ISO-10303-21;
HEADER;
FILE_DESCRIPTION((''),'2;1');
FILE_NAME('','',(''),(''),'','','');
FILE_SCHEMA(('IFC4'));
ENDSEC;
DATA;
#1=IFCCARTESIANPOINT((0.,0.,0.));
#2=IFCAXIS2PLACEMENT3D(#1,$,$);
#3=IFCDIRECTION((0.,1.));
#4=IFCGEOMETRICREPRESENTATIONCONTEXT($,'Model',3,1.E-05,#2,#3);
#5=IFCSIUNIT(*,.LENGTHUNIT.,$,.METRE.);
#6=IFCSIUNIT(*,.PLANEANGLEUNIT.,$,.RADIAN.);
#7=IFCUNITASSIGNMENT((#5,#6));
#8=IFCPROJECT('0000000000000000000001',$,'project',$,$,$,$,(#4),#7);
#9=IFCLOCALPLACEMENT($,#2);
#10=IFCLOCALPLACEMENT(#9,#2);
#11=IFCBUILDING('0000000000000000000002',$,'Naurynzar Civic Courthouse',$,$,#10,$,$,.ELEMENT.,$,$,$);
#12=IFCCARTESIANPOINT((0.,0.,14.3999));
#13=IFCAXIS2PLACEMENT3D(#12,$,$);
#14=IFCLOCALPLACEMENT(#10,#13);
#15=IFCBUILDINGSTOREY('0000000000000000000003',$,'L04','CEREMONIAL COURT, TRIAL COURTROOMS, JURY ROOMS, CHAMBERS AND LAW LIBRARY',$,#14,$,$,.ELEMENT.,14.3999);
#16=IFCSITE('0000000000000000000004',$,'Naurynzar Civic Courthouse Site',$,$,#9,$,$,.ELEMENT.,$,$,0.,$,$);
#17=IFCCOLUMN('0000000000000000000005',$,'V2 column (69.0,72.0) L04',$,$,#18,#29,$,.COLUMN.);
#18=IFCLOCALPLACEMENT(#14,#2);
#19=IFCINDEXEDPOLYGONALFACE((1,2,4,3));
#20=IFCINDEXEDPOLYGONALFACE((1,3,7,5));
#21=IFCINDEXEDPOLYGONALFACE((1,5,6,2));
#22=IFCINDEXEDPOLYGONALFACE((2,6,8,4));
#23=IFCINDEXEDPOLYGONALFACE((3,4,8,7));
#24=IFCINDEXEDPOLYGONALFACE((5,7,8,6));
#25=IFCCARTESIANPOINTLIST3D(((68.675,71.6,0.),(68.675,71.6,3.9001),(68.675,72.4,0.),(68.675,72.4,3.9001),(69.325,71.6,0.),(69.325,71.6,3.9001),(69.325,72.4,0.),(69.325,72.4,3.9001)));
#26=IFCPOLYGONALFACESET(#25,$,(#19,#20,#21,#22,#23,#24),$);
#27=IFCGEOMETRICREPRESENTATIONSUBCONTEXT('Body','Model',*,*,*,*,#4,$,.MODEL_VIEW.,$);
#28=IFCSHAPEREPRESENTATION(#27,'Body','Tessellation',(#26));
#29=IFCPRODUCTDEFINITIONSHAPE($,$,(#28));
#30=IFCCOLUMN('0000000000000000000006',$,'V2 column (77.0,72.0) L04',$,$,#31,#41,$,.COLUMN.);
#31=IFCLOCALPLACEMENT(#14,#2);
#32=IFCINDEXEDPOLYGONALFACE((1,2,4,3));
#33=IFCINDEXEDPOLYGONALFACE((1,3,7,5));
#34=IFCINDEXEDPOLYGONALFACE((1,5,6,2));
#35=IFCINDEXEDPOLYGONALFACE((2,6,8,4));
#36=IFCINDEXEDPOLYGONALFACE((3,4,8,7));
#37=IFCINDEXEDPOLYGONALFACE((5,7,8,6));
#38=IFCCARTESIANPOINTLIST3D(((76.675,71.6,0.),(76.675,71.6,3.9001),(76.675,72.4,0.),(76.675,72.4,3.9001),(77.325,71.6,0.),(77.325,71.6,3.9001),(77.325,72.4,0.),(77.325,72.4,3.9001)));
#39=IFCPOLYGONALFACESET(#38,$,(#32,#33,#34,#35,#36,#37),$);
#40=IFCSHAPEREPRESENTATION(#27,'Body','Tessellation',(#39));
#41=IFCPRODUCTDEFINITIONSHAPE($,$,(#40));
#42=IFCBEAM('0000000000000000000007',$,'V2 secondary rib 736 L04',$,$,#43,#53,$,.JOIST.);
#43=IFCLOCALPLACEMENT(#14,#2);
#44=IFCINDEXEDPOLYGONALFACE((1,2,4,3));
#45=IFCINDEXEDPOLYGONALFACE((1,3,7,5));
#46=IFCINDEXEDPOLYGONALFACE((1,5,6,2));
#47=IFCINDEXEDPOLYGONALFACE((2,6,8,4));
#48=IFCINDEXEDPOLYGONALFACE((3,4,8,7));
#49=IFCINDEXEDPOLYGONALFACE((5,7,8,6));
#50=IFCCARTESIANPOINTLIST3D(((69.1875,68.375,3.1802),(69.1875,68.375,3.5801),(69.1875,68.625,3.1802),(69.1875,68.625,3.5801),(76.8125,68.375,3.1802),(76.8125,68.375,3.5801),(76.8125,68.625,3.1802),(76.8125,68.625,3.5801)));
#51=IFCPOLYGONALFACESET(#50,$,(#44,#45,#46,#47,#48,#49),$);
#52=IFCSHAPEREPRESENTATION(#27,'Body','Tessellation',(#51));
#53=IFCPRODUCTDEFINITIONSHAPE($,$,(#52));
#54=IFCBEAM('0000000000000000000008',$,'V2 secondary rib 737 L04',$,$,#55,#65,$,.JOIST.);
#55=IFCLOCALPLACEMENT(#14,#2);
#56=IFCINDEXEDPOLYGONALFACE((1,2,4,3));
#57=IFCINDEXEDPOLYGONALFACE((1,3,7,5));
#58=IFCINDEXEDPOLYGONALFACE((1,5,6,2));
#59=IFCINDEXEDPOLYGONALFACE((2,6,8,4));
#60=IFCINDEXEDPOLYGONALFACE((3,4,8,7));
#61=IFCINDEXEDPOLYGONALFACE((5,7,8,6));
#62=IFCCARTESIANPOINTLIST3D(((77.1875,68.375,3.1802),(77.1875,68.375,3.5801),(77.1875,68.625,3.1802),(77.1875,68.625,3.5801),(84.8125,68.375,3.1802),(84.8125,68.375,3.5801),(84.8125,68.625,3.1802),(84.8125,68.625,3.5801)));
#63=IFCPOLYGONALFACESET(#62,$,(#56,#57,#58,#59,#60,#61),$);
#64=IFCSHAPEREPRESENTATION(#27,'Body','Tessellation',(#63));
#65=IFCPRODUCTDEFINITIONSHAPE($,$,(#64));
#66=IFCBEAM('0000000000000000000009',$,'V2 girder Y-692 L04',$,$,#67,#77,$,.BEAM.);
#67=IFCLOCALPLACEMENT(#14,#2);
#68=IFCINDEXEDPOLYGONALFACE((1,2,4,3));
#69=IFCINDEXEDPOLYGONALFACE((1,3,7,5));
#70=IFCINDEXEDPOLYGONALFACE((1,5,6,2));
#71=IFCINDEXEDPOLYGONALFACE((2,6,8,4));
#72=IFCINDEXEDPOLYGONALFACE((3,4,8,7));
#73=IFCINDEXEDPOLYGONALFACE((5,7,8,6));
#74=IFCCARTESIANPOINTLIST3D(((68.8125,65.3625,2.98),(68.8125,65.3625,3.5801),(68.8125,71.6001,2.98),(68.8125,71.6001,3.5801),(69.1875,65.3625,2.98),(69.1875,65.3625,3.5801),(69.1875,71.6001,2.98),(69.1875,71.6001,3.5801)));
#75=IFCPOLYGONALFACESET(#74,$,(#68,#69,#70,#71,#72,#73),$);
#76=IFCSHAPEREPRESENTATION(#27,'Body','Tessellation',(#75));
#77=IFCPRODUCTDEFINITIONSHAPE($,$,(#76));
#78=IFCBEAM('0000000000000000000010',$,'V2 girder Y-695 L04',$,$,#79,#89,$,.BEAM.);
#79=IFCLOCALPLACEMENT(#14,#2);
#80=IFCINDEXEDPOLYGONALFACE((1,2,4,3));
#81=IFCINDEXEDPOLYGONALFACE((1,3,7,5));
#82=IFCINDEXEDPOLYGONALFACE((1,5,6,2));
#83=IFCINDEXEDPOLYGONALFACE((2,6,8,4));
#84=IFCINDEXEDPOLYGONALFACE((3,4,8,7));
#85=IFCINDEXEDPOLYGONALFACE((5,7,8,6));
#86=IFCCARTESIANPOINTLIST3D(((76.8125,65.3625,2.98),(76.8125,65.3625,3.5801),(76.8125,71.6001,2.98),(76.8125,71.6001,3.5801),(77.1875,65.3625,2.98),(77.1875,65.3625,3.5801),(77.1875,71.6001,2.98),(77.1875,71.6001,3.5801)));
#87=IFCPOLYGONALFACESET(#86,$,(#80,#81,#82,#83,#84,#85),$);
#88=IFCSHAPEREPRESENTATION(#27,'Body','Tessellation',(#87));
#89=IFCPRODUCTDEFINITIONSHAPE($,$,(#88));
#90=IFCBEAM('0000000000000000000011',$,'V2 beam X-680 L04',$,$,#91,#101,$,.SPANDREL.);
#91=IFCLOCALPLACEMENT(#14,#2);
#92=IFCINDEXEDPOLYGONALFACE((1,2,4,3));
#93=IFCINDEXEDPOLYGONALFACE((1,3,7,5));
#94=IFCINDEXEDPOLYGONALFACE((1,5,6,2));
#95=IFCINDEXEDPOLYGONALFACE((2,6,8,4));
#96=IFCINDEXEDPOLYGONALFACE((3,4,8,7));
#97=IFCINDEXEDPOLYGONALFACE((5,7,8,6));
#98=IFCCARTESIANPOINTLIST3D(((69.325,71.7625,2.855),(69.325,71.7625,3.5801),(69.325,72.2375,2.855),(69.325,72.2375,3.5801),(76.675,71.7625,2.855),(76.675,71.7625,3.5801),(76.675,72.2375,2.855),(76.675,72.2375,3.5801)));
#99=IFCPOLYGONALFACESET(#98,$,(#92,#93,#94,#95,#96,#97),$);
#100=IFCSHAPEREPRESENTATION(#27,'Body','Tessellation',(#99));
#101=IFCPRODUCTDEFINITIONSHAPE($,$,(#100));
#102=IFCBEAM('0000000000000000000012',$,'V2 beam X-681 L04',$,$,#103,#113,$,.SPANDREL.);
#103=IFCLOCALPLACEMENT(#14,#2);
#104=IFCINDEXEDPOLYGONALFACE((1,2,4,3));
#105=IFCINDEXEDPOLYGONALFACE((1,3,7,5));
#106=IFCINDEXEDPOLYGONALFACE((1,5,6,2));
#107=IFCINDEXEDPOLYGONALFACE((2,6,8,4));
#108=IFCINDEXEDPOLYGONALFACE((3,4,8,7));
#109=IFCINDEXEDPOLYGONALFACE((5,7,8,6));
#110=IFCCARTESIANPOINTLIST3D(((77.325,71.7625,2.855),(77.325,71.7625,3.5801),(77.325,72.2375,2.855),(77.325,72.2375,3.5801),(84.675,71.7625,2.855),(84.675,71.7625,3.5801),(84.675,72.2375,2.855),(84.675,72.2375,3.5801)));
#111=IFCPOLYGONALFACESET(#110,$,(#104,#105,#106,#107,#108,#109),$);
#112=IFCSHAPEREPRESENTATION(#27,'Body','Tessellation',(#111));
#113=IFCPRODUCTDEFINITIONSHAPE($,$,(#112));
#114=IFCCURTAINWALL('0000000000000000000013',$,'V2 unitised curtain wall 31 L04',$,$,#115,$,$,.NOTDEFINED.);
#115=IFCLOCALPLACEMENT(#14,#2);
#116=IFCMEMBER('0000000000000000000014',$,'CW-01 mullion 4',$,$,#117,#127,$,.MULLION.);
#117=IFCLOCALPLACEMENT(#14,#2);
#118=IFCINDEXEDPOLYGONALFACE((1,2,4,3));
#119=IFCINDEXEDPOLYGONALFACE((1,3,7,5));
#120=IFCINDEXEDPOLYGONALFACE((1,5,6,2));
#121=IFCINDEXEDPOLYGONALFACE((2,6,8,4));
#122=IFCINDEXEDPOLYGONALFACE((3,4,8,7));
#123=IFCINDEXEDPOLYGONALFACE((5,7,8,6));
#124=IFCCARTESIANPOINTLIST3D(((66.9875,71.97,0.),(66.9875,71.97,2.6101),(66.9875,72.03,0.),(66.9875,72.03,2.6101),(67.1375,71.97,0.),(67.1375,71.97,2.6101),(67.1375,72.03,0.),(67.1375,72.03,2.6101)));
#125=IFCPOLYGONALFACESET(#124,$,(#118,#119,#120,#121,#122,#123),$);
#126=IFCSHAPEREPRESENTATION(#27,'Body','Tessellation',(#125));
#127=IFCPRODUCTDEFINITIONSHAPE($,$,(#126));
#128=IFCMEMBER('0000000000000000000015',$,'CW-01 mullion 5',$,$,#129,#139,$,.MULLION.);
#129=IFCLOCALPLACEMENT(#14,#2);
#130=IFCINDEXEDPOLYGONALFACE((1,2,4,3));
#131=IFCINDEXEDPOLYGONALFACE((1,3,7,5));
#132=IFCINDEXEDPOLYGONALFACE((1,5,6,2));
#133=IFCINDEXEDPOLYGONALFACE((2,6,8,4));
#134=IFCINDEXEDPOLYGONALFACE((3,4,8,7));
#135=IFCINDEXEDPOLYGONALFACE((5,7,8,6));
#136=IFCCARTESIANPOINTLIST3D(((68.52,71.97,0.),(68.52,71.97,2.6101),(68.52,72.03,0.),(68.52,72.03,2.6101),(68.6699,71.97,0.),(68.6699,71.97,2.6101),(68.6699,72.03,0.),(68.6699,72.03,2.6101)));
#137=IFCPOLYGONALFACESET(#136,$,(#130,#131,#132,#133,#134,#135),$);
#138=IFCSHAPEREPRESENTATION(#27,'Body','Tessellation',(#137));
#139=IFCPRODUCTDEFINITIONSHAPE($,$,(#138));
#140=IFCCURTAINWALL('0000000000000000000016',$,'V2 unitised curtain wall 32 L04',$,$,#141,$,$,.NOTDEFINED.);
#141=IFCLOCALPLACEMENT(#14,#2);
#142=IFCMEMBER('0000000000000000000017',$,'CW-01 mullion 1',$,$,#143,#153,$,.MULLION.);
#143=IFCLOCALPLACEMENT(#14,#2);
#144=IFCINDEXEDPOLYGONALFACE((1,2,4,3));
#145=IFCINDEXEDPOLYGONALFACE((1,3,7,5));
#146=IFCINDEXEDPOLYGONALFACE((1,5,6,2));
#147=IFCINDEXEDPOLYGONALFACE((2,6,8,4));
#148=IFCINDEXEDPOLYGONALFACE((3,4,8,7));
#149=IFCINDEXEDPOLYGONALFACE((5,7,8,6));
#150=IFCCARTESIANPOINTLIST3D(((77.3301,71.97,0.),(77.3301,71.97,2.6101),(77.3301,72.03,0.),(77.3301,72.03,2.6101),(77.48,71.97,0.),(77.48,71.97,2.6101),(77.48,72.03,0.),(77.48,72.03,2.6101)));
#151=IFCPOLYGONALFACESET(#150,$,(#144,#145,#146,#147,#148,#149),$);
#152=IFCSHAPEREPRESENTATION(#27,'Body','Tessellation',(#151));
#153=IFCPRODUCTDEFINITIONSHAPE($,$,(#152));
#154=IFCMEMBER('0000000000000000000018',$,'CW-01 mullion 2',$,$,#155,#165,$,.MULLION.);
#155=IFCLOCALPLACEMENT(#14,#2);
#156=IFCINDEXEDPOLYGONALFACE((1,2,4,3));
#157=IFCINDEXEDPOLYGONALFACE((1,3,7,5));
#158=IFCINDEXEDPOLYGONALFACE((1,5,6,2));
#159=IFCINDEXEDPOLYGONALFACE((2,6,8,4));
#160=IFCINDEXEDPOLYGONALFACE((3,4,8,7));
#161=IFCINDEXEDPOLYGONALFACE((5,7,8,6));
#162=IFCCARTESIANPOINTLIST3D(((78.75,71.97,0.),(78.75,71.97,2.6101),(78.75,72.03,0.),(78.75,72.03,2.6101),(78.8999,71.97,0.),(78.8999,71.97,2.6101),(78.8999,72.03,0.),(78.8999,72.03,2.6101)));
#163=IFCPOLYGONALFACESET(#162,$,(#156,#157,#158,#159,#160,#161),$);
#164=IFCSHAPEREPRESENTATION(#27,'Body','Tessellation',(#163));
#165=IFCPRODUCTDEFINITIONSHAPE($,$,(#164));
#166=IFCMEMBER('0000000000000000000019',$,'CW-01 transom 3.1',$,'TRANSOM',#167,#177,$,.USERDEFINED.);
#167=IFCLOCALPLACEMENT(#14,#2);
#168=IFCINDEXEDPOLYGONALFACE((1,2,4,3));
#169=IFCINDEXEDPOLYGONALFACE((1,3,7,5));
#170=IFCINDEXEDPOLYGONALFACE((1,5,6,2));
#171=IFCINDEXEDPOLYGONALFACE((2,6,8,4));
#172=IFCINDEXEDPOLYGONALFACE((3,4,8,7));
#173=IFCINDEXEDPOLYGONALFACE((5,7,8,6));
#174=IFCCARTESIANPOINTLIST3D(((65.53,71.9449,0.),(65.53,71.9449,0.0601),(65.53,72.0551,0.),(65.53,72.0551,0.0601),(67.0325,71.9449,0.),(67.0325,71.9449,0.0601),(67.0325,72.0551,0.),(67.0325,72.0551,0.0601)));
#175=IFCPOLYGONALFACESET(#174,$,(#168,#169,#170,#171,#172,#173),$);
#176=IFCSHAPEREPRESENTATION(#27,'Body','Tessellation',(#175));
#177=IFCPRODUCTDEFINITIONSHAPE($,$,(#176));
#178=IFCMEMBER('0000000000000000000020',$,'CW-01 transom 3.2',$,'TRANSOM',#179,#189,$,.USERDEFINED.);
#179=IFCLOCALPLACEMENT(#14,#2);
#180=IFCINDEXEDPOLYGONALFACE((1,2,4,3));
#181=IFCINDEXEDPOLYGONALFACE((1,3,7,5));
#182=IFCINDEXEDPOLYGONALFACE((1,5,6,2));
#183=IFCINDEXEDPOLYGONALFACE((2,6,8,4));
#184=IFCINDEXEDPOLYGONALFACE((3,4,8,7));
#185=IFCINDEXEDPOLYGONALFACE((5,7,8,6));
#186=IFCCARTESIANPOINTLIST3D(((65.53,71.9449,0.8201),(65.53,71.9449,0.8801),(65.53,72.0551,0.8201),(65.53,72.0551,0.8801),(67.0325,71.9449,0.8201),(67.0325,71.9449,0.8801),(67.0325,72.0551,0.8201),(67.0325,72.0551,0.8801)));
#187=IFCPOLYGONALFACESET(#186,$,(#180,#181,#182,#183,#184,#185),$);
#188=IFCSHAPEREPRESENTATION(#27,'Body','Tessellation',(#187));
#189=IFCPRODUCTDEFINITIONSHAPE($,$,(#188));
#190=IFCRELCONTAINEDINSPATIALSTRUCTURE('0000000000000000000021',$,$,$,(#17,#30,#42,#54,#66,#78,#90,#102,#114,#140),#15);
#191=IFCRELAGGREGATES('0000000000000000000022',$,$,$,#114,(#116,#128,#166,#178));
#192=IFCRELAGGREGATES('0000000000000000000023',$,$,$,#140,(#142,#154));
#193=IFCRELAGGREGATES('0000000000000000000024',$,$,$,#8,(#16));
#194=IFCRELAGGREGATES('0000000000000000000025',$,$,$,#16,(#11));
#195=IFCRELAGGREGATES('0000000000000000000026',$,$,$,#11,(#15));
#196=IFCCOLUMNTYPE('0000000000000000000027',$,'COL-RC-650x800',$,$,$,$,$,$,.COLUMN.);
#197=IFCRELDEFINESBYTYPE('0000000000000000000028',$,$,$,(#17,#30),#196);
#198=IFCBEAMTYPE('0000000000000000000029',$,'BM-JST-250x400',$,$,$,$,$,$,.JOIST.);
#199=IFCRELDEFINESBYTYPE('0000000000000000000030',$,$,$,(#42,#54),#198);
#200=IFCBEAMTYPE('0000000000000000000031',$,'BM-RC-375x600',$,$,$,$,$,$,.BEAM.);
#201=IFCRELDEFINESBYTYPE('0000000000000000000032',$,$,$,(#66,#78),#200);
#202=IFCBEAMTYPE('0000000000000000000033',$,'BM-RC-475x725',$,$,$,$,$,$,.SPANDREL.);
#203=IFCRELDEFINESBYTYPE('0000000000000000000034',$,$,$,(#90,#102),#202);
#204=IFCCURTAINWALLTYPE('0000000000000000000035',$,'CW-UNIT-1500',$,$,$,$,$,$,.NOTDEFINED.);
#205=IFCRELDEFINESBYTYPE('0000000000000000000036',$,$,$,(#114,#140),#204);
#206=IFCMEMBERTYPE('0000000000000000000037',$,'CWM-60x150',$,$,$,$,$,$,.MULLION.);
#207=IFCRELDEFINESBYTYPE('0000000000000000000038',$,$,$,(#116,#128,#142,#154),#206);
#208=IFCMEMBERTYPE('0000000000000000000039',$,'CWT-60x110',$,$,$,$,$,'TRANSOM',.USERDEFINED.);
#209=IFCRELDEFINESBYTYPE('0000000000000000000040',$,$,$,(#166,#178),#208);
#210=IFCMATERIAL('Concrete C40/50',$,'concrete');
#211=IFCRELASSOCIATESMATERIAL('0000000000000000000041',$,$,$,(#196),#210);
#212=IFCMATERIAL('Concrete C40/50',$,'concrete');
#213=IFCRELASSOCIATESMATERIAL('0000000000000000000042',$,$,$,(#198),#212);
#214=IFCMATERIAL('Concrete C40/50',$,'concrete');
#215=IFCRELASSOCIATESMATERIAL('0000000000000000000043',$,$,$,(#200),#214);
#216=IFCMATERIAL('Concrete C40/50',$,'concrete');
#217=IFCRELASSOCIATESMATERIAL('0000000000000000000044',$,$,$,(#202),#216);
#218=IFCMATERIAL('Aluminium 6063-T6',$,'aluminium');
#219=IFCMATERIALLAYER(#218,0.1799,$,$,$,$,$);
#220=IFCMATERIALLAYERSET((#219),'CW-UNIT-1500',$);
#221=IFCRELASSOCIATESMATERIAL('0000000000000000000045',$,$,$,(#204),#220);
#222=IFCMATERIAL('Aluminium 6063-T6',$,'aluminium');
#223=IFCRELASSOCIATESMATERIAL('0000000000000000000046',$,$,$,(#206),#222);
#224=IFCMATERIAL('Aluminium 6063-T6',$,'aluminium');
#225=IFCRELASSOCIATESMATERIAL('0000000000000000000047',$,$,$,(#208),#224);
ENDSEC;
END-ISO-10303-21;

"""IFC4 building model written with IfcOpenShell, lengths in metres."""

from ifc_helpers import new_model, si_unit, direction, frame, origin, origin_2d, place, context, subcontext, project, spatial, rectangle, extrude, material, layer, layer_set, material_profile, profile_set, type_object, element, aggregate, save


model = new_model("IFC4")

# Units and contexts
model_context = context("Model", 3, precision=1e-05, world=origin(), true_north=direction((0.0, 1.0)))
body_context = subcontext(model_context, "Body", "Model", "MODEL_VIEW")
ifc_project = project(units=[si_unit("LENGTHUNIT", "METRE"), si_unit("PLANEANGLEUNIT", "RADIAN")], contexts=[model_context])

# Site, building, storey
site_placement = place(None, origin())
site = spatial("IfcSite", under=ifc_project, at=site_placement, Name="Naurynzar Civic Courthouse Site", CompositionType="ELEMENT", RefElevation=0.0)
building_placement = place(site_placement, origin())
building = spatial("IfcBuilding", under=site, at=building_placement, Name="Naurynzar Civic Courthouse", CompositionType="ELEMENT")
storey_placement = place(building_placement, frame((0.0, 0.0, 14.3999)))
storey = spatial("IfcBuildingStorey", under=building, at=storey_placement, Name="L04", Description="CEREMONIAL COURT, TRIAL COURTROOMS, JURY ROOMS, CHAMBERS AND LAW LIBRARY", CompositionType="ELEMENT", Elevation=14.3999)

# Columns
ifc_material_1 = material(Name="Concrete C40/50", Category="concrete")
ifc_material_profile_1 = material_profile(ifc_material_1, rectangle(XDim=0.6499, YDim=0.8, at=origin_2d()), Name="RC 650x800")
ifc_profile_set_1 = profile_set([ifc_material_profile_1], Name="Concrete C40/50")
column_type = type_object("IfcColumnType", Name="COL-RC-650x800", PredefinedType="COLUMN", material=ifc_profile_set_1)
for number, where, z_axis, x_axis, name in (
    (1, (69.0, 72.0, 0.0), (0.0, 0.0, 1.0), (1.0, 0.0, 0.0), "V2 column (69.0,72.0) L04"),
    (2, (77.0, 72.0, 0.0), (0.0, 0.0, 1.0), (1.0, 0.0, 0.0), "V2 column (77.0,72.0) L04"),
):
    element("IfcColumn", number, at=place(storey_placement, frame(where, z_axis=z_axis, x_axis=x_axis)), inside=storey, type_object=column_type, Name=name, PredefinedType="COLUMN", context=body_context, shape_type="SweptSolid", body=[
        extrude(rectangle(XDim=0.6499, YDim=0.8, at=origin_2d()), origin(), (0.0, 0.0, 1.0), 3.9001),
    ])

# Beams
ifc_material_2 = material(Name="Concrete C40/50", Category="concrete")
ifc_material_profile_2 = material_profile(ifc_material_2, rectangle(XDim=0.25, YDim=0.3999, at=origin_2d()), Name="RCB 250x400")
ifc_profile_set_2 = profile_set([ifc_material_profile_2], Name="Concrete C40/50")
beam_type_1 = type_object("IfcBeamType", Name="BM-JST-250x400", PredefinedType="JOIST", material=ifc_profile_set_2)
for number, where, z_axis, x_axis, name in (
    (3, (69.1875, 68.5, 3.3801), (1.0, 0.0, 0.0), (0.0, 1.0, 0.0), "V2 secondary rib 736 L04"),
    (4, (77.1875, 68.5, 3.3801), (1.0, 0.0, 0.0), (0.0, 1.0, 0.0), "V2 secondary rib 737 L04"),
):
    element("IfcBeam", number, at=place(storey_placement, frame(where, z_axis=z_axis, x_axis=x_axis)), inside=storey, type_object=beam_type_1, Name=name, PredefinedType="JOIST", context=body_context, shape_type="SweptSolid", body=[
        extrude(rectangle(XDim=0.25, YDim=0.3999, at=origin_2d()), origin(), (0.0, 0.0, 1.0), 7.625),
    ])
ifc_material_3 = material(Name="Concrete C40/50", Category="concrete")
ifc_material_profile_3 = material_profile(ifc_material_3, rectangle(XDim=0.375, YDim=0.6001, at=origin_2d()), Name="RCB 375x600")
ifc_profile_set_3 = profile_set([ifc_material_profile_3], Name="Concrete C40/50")
beam_type_2 = type_object("IfcBeamType", Name="BM-RC-375x600", PredefinedType="BEAM", material=ifc_profile_set_3)
for number, where, z_axis, x_axis, name in (
    (5, (69.0, 65.3625, 3.28), (0.0, 1.0, 0.0), (-1.0, 0.0, 0.0), "V2 girder Y-692 L04"),
    (6, (77.0, 65.3625, 3.28), (0.0, 1.0, 0.0), (-1.0, 0.0, 0.0), "V2 girder Y-695 L04"),
):
    element("IfcBeam", number, at=place(storey_placement, frame(where, z_axis=z_axis, x_axis=x_axis)), inside=storey, type_object=beam_type_2, Name=name, PredefinedType="BEAM", context=body_context, shape_type="SweptSolid", body=[
        extrude(rectangle(XDim=0.375, YDim=0.6001, at=origin_2d()), origin(), (0.0, 0.0, 1.0), 6.2375),
    ])
ifc_material_4 = material(Name="Concrete C40/50", Category="concrete")
ifc_material_profile_4 = material_profile(ifc_material_4, rectangle(XDim=0.4751, YDim=0.7251, at=origin_2d()), Name="RCB 475x725")
ifc_profile_set_4 = profile_set([ifc_material_profile_4], Name="Concrete C40/50")
beam_type_3 = type_object("IfcBeamType", Name="BM-RC-475x725", PredefinedType="SPANDREL", material=ifc_profile_set_4)
for number, where, z_axis, x_axis, name in (
    (7, (69.325, 72.0, 3.2175), (1.0, 0.0, 0.0), (0.0, 1.0, 0.0), "V2 beam X-680 L04"),
    (8, (77.325, 72.0, 3.2175), (1.0, 0.0, 0.0), (0.0, 1.0, 0.0), "V2 beam X-681 L04"),
):
    element("IfcBeam", number, at=place(storey_placement, frame(where, z_axis=z_axis, x_axis=x_axis)), inside=storey, type_object=beam_type_3, Name=name, PredefinedType="SPANDREL", context=body_context, shape_type="SweptSolid", body=[
        extrude(rectangle(XDim=0.4751, YDim=0.7251, at=origin_2d()), origin(), (0.0, 0.0, 1.0), 7.3501),
    ])

# Curtain walls, members
ifc_material_5 = material(Name="Aluminium 6063-T6", Category="aluminium")
ifc_layer_1 = layer(ifc_material_5, 0.1799)
ifc_layer_set_1 = layer_set([ifc_layer_1], Name="CW-UNIT-1500")
curtain_wall_type = type_object("IfcCurtainWallType", Name="CW-UNIT-1500", PredefinedType="NOTDEFINED", material=ifc_layer_set_1)
curtain_wall_1_placement = place(storey_placement, origin())
curtain_wall_1 = element("IfcCurtainWall", 9, at=curtain_wall_1_placement, inside=storey, type_object=curtain_wall_type, Name="V2 unitised curtain wall 31 L04", PredefinedType="NOTDEFINED")
ifc_material_6 = material(Name="Aluminium 6063-T6", Category="aluminium")
ifc_material_profile_5 = material_profile(ifc_material_6, rectangle(XDim=0.0601, YDim=0.1499, at=origin_2d()), Name="ALU MULLION 60x150")
ifc_profile_set_5 = profile_set([ifc_material_profile_5], Name="Aluminium 6063-T6")
member_type_1 = type_object("IfcMemberType", Name="CWM-60x150", PredefinedType="MULLION", material=ifc_profile_set_5)
member_1_placement = place(storey_placement, frame((67.0625, 72.0, 0.0), z_axis=(0.0, 0.0, 1.0), x_axis=(0.0, 1.0, 0.0)))
member_1 = element("IfcMember", 10, at=member_1_placement, type_object=member_type_1, Name="CW-01 mullion 4", PredefinedType="MULLION", context=body_context, shape_type="SweptSolid", body=[
    extrude(rectangle(XDim=0.0601, YDim=0.1499, at=origin_2d()), origin(), (0.0, 0.0, 1.0), 2.6101),
])
member_2_placement = place(storey_placement, frame((68.595, 72.0, 0.0), z_axis=(0.0, 0.0, 1.0), x_axis=(0.0, 1.0, 0.0)))
member_2 = element("IfcMember", 11, at=member_2_placement, type_object=member_type_1, Name="CW-01 mullion 5", PredefinedType="MULLION", context=body_context, shape_type="SweptSolid", body=[
    extrude(rectangle(XDim=0.0601, YDim=0.1499, at=origin_2d()), origin(), (0.0, 0.0, 1.0), 2.6101),
])
curtain_wall_2_placement = place(storey_placement, origin())
curtain_wall_2 = element("IfcCurtainWall", 12, at=curtain_wall_2_placement, inside=storey, type_object=curtain_wall_type, Name="V2 unitised curtain wall 32 L04", PredefinedType="NOTDEFINED")
member_3_placement = place(storey_placement, frame((77.405, 72.0, 0.0), z_axis=(0.0, 0.0, 1.0), x_axis=(0.0, 1.0, 0.0)))
member_3 = element("IfcMember", 13, at=member_3_placement, type_object=member_type_1, Name="CW-01 mullion 1", PredefinedType="MULLION", context=body_context, shape_type="SweptSolid", body=[
    extrude(rectangle(XDim=0.0601, YDim=0.1499, at=origin_2d()), origin(), (0.0, 0.0, 1.0), 2.6101),
])
member_4_placement = place(storey_placement, frame((78.825, 72.0, 0.0), z_axis=(0.0, 0.0, 1.0), x_axis=(0.0, 1.0, 0.0)))
member_4 = element("IfcMember", 14, at=member_4_placement, type_object=member_type_1, Name="CW-01 mullion 2", PredefinedType="MULLION", context=body_context, shape_type="SweptSolid", body=[
    extrude(rectangle(XDim=0.0601, YDim=0.1499, at=origin_2d()), origin(), (0.0, 0.0, 1.0), 2.6101),
])

# Members
ifc_material_7 = material(Name="Aluminium 6063-T6", Category="aluminium")
ifc_material_profile_6 = material_profile(ifc_material_7, rectangle(XDim=0.1101, YDim=0.0601, at=origin_2d()), Name="ALU TRANSOM 60x110")
ifc_profile_set_6 = profile_set([ifc_material_profile_6], Name="Aluminium 6063-T6")
member_type_2 = type_object("IfcMemberType", Name="CWT-60x110", ElementType="TRANSOM", PredefinedType="USERDEFINED", material=ifc_profile_set_6)
member_5_placement = place(storey_placement, frame((65.53, 72.0, 0.03), z_axis=(1.0, 0.0, 0.0), x_axis=(0.0, 1.0, 0.0)))
member_5 = element("IfcMember", 15, at=member_5_placement, type_object=member_type_2, Name="CW-01 transom 3.1", ObjectType="TRANSOM", PredefinedType="USERDEFINED", context=body_context, shape_type="SweptSolid", body=[
    extrude(rectangle(XDim=0.1101, YDim=0.0601, at=origin_2d()), origin(), (0.0, 0.0, 1.0), 1.5024),
])
member_6_placement = place(storey_placement, frame((65.53, 72.0, 0.8501), z_axis=(1.0, 0.0, 0.0), x_axis=(0.0, 1.0, 0.0)))
member_6 = element("IfcMember", 16, at=member_6_placement, type_object=member_type_2, Name="CW-01 transom 3.2", ObjectType="TRANSOM", PredefinedType="USERDEFINED", context=body_context, shape_type="SweptSolid", body=[
    extrude(rectangle(XDim=0.1101, YDim=0.0601, at=origin_2d()), origin(), (0.0, 0.0, 1.0), 1.5024),
])

aggregate(curtain_wall_1, [member_1, member_2, member_5, member_6])
aggregate(curtain_wall_2, [member_3, member_4])

save(model, "model.ifc")
